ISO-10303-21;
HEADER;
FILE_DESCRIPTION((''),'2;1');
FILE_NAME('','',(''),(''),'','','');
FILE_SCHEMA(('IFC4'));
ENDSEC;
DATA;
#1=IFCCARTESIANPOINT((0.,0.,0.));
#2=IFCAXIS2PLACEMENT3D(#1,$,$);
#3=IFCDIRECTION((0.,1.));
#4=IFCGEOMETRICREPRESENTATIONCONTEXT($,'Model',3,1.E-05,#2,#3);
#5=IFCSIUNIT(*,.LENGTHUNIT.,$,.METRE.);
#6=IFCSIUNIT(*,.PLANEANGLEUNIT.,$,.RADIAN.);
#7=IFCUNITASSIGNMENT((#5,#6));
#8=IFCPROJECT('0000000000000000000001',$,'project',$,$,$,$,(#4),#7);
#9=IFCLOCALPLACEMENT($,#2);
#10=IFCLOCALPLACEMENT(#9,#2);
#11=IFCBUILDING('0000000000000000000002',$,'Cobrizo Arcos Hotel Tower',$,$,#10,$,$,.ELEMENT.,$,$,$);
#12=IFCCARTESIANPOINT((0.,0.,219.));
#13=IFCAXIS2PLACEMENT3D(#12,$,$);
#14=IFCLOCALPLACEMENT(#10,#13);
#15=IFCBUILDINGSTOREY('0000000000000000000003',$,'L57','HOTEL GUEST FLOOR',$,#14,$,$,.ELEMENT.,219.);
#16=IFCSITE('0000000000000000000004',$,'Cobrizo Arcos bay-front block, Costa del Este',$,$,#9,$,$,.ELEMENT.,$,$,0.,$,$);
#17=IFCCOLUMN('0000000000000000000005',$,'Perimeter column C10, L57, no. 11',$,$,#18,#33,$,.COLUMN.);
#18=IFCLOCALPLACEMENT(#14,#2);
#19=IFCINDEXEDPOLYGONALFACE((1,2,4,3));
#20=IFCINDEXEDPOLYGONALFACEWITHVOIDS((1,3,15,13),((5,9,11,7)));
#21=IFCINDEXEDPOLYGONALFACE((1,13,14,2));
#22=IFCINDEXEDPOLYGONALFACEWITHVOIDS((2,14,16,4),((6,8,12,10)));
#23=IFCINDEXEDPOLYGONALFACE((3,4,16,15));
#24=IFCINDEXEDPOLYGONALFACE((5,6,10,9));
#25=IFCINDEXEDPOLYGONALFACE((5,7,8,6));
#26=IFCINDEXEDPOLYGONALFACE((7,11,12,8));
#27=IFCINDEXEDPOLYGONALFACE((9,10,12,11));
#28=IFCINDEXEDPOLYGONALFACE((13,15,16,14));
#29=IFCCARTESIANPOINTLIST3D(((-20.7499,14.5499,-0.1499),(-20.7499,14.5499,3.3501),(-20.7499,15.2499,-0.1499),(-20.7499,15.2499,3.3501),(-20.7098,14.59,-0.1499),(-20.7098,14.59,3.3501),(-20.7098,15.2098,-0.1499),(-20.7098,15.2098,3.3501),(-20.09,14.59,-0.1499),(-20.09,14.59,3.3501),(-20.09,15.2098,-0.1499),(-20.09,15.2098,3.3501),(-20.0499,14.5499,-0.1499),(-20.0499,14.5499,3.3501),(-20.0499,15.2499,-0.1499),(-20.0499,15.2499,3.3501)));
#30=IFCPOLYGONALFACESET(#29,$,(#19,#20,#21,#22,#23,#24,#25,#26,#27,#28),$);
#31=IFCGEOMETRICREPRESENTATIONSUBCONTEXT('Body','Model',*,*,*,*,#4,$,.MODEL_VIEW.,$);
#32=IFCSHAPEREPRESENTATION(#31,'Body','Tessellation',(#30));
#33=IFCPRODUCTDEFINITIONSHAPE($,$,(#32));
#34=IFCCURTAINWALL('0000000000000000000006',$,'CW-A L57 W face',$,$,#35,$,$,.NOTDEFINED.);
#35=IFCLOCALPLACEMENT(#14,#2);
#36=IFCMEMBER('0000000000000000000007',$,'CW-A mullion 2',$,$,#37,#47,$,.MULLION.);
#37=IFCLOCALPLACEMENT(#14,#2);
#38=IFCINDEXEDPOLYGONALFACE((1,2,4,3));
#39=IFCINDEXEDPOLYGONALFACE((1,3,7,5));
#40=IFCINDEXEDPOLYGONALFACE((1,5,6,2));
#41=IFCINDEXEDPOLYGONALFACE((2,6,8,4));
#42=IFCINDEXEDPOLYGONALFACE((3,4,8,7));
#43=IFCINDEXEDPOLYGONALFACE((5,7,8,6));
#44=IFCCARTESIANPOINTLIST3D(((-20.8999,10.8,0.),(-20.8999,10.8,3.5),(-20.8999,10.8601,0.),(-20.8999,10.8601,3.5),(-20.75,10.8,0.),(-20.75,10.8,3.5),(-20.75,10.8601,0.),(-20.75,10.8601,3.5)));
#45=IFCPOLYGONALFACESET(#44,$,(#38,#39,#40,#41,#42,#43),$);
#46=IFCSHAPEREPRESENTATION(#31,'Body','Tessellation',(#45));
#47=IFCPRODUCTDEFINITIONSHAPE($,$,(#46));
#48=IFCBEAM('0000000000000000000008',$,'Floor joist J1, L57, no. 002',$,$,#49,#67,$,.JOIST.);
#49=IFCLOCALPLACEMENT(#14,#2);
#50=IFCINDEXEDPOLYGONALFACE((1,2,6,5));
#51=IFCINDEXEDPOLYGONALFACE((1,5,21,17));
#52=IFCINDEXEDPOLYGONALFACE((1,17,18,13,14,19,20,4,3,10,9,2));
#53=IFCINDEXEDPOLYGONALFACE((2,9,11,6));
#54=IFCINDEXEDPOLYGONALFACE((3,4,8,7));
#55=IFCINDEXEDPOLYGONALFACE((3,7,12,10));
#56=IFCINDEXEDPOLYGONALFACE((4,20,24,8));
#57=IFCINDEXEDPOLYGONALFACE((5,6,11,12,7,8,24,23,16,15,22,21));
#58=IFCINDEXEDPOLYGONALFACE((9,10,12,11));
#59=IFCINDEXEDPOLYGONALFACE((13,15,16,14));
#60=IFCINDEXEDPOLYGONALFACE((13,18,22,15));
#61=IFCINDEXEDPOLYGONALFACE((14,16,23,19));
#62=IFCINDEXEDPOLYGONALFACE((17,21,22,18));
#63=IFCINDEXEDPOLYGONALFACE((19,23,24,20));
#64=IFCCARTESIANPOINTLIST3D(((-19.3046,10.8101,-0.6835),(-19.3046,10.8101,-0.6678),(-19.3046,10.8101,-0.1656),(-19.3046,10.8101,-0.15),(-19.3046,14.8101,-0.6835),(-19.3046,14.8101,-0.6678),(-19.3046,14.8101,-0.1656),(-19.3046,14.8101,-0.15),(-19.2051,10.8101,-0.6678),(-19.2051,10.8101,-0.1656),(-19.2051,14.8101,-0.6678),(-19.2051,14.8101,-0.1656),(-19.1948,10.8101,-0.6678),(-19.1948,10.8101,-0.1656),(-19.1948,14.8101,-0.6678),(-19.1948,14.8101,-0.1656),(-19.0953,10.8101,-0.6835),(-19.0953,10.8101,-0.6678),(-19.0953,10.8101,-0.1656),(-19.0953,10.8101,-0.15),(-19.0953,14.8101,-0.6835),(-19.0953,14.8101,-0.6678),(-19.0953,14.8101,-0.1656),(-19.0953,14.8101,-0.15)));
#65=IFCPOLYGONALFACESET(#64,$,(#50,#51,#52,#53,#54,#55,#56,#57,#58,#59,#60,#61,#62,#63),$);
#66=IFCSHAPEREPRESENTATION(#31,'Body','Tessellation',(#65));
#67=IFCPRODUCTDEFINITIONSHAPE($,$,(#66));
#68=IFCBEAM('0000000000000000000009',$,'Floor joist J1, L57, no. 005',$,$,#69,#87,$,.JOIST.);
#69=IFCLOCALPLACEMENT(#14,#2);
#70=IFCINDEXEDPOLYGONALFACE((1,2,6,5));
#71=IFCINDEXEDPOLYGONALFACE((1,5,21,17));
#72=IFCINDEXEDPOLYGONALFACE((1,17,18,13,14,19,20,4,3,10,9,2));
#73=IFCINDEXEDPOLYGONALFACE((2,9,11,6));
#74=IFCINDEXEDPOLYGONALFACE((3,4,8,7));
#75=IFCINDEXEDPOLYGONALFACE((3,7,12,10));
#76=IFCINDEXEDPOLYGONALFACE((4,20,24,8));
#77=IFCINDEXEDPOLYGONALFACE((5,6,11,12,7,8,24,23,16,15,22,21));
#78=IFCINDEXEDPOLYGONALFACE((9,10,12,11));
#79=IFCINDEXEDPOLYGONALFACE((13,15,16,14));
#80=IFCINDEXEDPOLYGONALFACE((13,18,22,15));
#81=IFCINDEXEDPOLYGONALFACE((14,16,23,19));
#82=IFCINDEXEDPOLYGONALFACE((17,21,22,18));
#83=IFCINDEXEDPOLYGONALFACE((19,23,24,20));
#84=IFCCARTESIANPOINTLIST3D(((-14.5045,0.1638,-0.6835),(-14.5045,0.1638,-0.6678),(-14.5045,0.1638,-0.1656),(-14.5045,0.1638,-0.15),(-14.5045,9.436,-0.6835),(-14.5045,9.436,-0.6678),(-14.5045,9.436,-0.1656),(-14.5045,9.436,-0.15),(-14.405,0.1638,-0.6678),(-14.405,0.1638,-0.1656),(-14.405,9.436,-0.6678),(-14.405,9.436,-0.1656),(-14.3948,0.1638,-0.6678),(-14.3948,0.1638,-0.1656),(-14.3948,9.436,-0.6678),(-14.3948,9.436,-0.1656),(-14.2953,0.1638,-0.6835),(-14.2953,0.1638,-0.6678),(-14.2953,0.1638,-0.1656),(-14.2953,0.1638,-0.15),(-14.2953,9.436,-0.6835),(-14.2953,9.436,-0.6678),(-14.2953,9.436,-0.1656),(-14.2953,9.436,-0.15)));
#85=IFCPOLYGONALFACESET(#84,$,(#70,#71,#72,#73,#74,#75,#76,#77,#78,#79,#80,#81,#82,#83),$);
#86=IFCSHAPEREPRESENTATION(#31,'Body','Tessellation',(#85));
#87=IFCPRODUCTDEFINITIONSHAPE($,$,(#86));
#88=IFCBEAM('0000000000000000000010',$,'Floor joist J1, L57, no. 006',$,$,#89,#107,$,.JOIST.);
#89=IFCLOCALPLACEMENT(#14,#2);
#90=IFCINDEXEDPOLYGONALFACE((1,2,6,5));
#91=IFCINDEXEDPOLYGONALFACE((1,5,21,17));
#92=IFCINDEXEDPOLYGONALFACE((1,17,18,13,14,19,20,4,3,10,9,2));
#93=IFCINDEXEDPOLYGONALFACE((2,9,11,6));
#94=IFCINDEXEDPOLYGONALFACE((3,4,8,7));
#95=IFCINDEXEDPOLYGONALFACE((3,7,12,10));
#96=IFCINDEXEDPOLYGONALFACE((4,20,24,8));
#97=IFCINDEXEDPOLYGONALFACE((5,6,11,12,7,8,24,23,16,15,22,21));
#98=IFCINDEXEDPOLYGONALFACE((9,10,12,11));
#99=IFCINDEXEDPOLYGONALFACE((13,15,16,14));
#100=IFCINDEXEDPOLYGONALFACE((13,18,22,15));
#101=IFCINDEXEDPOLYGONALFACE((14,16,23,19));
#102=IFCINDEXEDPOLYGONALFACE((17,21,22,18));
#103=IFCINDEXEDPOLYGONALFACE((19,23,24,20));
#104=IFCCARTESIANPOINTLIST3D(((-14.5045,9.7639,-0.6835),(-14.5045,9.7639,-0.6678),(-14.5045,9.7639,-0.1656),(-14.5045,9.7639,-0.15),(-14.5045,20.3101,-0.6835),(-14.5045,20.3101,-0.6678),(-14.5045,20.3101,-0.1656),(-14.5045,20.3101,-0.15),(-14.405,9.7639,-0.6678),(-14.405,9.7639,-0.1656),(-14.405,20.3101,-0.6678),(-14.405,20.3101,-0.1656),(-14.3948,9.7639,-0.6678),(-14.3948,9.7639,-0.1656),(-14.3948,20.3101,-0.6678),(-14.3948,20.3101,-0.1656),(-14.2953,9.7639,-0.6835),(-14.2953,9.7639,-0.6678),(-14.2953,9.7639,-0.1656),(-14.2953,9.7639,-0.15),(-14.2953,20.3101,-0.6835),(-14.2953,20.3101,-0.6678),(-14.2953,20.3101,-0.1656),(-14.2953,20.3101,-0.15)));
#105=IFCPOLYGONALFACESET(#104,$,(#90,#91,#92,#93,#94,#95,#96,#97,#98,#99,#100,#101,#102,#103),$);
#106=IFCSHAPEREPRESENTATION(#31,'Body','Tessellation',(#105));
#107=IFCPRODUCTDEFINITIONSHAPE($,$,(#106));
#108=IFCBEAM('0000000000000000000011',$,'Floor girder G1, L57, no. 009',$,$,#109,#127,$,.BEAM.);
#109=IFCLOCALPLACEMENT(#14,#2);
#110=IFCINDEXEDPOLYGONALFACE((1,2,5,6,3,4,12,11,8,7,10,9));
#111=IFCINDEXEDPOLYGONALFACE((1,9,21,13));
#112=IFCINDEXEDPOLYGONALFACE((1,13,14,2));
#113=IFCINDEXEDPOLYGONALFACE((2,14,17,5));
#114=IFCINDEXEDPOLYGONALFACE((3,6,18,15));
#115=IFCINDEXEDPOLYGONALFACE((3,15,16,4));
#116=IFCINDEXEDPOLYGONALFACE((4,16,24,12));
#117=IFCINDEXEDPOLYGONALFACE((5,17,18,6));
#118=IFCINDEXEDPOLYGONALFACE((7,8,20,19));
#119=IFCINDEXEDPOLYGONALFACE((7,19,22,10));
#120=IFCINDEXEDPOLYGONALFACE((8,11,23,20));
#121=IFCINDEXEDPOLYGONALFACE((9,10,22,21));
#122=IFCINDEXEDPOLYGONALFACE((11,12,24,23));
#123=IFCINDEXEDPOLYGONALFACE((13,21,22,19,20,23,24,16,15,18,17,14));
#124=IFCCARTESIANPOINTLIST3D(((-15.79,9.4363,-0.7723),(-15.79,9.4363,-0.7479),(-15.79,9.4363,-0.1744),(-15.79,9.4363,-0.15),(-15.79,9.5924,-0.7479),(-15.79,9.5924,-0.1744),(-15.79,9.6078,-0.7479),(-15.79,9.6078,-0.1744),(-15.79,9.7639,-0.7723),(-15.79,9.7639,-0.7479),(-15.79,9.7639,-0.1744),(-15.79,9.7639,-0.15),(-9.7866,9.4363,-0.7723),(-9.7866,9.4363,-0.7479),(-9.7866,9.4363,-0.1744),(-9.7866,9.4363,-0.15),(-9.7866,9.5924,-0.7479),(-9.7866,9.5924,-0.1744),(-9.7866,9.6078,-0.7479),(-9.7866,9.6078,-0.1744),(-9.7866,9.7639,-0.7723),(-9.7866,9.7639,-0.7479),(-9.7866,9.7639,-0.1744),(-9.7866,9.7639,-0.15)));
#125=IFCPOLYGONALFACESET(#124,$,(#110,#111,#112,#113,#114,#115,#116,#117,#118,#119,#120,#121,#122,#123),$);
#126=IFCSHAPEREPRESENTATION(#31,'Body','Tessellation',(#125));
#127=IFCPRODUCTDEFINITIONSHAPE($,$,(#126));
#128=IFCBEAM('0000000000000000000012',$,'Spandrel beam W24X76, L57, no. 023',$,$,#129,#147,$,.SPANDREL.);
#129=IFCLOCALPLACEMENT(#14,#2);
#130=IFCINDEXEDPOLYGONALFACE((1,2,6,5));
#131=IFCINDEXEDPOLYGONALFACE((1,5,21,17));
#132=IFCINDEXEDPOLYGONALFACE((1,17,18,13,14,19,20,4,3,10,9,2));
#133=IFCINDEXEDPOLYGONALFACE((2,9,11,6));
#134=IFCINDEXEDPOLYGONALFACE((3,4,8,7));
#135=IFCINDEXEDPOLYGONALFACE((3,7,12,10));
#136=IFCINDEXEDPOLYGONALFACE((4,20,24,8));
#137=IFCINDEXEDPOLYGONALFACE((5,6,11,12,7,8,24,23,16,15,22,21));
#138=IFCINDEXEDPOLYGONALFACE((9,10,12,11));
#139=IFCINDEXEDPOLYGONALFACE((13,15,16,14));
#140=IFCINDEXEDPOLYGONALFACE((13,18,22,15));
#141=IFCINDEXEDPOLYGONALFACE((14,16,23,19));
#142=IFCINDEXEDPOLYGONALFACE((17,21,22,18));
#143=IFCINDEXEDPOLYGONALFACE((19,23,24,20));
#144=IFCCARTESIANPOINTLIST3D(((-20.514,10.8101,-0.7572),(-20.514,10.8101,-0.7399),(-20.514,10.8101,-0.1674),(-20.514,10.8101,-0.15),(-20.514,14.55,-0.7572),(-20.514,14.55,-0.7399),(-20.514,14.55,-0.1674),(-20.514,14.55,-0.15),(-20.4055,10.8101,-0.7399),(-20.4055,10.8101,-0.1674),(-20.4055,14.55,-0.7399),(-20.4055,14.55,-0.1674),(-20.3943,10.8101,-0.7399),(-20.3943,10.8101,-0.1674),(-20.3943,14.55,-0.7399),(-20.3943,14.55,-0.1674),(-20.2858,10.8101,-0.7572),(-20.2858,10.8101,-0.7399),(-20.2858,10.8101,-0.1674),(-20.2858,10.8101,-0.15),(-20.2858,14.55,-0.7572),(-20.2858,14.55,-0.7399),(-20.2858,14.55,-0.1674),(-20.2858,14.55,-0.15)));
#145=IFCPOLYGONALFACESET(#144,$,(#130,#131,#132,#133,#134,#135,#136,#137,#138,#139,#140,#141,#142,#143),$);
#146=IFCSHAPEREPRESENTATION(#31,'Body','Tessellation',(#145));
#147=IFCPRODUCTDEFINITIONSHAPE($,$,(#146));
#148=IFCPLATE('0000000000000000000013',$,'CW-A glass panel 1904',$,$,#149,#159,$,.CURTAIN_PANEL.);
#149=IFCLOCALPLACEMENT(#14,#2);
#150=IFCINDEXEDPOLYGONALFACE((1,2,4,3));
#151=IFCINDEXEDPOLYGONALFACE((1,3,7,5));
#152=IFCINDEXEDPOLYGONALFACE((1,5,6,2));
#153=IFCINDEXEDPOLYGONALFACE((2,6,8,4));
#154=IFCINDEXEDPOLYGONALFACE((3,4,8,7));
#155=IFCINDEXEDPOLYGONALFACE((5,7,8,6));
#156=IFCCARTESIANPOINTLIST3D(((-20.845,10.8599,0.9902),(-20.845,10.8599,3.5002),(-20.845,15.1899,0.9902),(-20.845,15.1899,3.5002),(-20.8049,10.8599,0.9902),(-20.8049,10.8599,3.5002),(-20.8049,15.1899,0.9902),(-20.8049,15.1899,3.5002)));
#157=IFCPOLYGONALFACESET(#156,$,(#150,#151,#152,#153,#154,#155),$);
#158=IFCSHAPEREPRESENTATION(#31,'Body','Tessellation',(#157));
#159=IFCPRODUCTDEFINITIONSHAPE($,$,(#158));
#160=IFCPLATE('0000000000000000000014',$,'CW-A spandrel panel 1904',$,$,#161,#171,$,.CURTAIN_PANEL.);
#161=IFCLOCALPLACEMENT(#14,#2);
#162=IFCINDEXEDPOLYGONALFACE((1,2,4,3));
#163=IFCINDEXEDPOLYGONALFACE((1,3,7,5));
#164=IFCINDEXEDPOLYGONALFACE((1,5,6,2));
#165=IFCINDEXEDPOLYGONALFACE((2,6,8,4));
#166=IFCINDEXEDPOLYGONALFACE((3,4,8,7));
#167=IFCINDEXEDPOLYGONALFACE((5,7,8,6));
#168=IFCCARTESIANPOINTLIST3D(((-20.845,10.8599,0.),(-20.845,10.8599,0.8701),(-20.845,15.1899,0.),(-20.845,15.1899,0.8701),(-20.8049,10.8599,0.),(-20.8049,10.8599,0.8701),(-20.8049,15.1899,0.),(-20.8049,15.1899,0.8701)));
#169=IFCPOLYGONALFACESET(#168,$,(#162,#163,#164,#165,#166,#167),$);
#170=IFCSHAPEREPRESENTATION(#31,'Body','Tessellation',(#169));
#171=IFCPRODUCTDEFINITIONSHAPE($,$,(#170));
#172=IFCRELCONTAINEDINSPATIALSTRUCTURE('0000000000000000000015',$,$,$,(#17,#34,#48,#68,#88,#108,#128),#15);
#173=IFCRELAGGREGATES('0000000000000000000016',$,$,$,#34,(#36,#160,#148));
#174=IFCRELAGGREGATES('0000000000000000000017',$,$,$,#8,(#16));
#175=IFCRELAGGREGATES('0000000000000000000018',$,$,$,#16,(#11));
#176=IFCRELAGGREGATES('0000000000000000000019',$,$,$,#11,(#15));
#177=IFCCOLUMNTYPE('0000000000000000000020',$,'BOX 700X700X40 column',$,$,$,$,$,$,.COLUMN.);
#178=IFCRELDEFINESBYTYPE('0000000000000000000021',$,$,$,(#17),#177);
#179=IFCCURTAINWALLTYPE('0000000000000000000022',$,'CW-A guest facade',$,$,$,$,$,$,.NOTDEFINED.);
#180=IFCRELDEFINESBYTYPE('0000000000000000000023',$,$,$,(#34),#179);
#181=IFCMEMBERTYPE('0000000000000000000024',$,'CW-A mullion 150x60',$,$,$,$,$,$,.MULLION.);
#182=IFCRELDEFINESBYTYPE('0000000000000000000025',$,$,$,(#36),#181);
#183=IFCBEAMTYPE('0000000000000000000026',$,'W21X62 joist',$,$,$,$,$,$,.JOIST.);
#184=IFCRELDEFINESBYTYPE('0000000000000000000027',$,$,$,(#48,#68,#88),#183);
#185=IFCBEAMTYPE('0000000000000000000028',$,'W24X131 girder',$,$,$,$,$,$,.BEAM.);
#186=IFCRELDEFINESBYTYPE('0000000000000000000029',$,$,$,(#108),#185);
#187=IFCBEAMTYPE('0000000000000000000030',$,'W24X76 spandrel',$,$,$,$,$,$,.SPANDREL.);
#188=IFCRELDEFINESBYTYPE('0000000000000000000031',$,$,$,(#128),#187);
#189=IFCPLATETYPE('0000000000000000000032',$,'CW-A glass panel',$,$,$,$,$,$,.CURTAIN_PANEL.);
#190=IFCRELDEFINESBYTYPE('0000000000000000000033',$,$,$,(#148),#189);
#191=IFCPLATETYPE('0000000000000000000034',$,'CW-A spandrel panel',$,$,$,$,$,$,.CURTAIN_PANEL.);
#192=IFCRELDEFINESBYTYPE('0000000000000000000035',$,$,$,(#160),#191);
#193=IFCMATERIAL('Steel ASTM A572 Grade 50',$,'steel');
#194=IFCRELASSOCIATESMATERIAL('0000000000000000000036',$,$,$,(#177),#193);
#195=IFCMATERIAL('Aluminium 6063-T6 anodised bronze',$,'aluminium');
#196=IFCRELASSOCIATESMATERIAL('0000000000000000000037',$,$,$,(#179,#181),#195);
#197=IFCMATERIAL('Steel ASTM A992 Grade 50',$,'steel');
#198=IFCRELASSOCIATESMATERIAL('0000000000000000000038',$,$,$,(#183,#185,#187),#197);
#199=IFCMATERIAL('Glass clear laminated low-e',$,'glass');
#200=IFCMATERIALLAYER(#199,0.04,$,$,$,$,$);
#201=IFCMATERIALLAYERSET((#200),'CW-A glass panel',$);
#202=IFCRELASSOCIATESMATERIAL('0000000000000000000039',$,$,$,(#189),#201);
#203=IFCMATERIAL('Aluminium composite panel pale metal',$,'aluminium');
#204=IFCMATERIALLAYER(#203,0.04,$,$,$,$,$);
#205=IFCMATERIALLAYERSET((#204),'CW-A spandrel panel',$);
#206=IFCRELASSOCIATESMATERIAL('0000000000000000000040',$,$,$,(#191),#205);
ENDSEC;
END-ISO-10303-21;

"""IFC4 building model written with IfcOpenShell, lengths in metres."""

from ifc_helpers import new_model, si_unit, direction, frame, origin, origin_2d, place, context, subcontext, project, spatial, rectangle, hollow_rectangle, i_section, extrude, material, layer, layer_set, material_profile, profile_set, type_object, element, aggregate, save


model = new_model("IFC4")

# Units and contexts
model_context = context("Model", 3, precision=1e-05, world=origin(), true_north=direction((0.0, 1.0)))
body_context = subcontext(model_context, "Body", "Model", "MODEL_VIEW")
ifc_project = project(units=[si_unit("LENGTHUNIT", "METRE"), si_unit("PLANEANGLEUNIT", "RADIAN")], contexts=[model_context])

# Site, building, storey
site_placement = place(None, origin())
site = spatial("IfcSite", under=ifc_project, at=site_placement, Name="Cobrizo Arcos bay-front block, Costa del Este", CompositionType="ELEMENT", RefElevation=0.0)
building_placement = place(site_placement, origin())
building = spatial("IfcBuilding", under=site, at=building_placement, Name="Cobrizo Arcos Hotel Tower", CompositionType="ELEMENT")
storey_placement = place(building_placement, frame((0.0, 0.0, 219.0)))
storey = spatial("IfcBuildingStorey", under=building, at=storey_placement, Name="L57", Description="HOTEL GUEST FLOOR", CompositionType="ELEMENT", Elevation=219.0)

# Column
ifc_material_1 = material(Name="Steel ASTM A572 Grade 50", Category="steel")
ifc_material_profile_1 = material_profile(ifc_material_1, hollow_rectangle(XDim=0.7, YDim=0.7, WallThickness=0.04, at=origin_2d()), Name="BOX 700X700X40")
ifc_profile_set_1 = profile_set([ifc_material_profile_1], Name="Steel ASTM A572 Grade 50")
column_type = type_object("IfcColumnType", Name="BOX 700X700X40 column", PredefinedType="COLUMN", material=ifc_profile_set_1)
column_placement = place(storey_placement, frame((-20.3999, 14.8999, -0.1499), z_axis=(0.0, 0.0, 1.0), x_axis=(1.0, 0.0, 0.0)))
element("IfcColumn", 1, at=column_placement, inside=storey, type_object=column_type, Name="Perimeter column C10, L57, no. 11", PredefinedType="COLUMN", context=body_context, shape_type="SweptSolid", body=[
    extrude(hollow_rectangle(XDim=0.7, YDim=0.7, WallThickness=0.04, at=origin_2d()), origin(), (0.0, 0.0, 1.0), 3.5),
])

# Curtain wall, member
ifc_material_2 = material(Name="Aluminium 6063-T6 anodised bronze", Category="aluminium")
curtain_wall_type = type_object("IfcCurtainWallType", Name="CW-A guest facade", PredefinedType="NOTDEFINED", material=ifc_material_2)
curtain_wall_placement = place(storey_placement, origin())
curtain_wall = element("IfcCurtainWall", 2, at=curtain_wall_placement, inside=storey, type_object=curtain_wall_type, Name="CW-A L57 W face", PredefinedType="NOTDEFINED")
ifc_material_profile_2 = material_profile(ifc_material_2, rectangle(XDim=0.1499, YDim=0.0601, at=origin_2d()), Name="CW-A mullion 150x60")
ifc_profile_set_2 = profile_set([ifc_material_profile_2], Name="Aluminium 6063-T6 anodised bronze")
member_type = type_object("IfcMemberType", Name="CW-A mullion 150x60", PredefinedType="MULLION", material=ifc_profile_set_2)
member_placement = place(storey_placement, frame((-20.825, 10.8301, 0.0), z_axis=(0.0, 0.0, 1.0), x_axis=(-1.0, 0.0, 0.0)))
member = element("IfcMember", 3, at=member_placement, type_object=member_type, Name="CW-A mullion 2", PredefinedType="MULLION", context=body_context, shape_type="SweptSolid", body=[
    extrude(rectangle(XDim=0.1499, YDim=0.0601, at=origin_2d()), origin(), (0.0, 0.0, 1.0), 3.5),
])

# Beams
ifc_material_3 = material(Name="Steel ASTM A992 Grade 50", Category="steel")
ifc_material_profile_3 = material_profile(ifc_material_3, i_section(OverallWidth=0.2092, OverallDepth=0.5334, WebThickness=0.0103, FlangeThickness=0.0156, at=origin_2d()), Name="W21X62")
ifc_profile_set_3 = profile_set([ifc_material_profile_3], Name="Steel ASTM A992 Grade 50")
beam_type_1 = type_object("IfcBeamType", Name="W21X62 joist", PredefinedType="JOIST", material=ifc_profile_set_3)
beam_1_placement = place(storey_placement, frame((-19.2, 10.8101, -0.4167), z_axis=(0.0, 1.0, 0.0), x_axis=(-1.0, 0.0, 0.0)))
element("IfcBeam", 4, at=beam_1_placement, inside=storey, type_object=beam_type_1, Name="Floor joist J1, L57, no. 002", PredefinedType="JOIST", context=body_context, shape_type="SweptSolid", body=[
    extrude(i_section(OverallWidth=0.2092, OverallDepth=0.5334, WebThickness=0.0103, FlangeThickness=0.0156, at=origin_2d()), origin(), (0.0, 0.0, 1.0), 4.0),
])
beam_2_placement = place(storey_placement, frame((-14.3999, 0.1638, -0.4167), z_axis=(0.0, 1.0, 0.0), x_axis=(-1.0, 0.0, 0.0)))
element("IfcBeam", 5, at=beam_2_placement, inside=storey, type_object=beam_type_1, Name="Floor joist J1, L57, no. 005", PredefinedType="JOIST", context=body_context, shape_type="SweptSolid", body=[
    extrude(i_section(OverallWidth=0.2092, OverallDepth=0.5334, WebThickness=0.0103, FlangeThickness=0.0156, at=origin_2d()), origin(), (0.0, 0.0, 1.0), 9.2722),
])
beam_3_placement = place(storey_placement, frame((-14.3999, 9.7639, -0.4167), z_axis=(0.0, 1.0, 0.0), x_axis=(-1.0, 0.0, 0.0)))
element("IfcBeam", 6, at=beam_3_placement, inside=storey, type_object=beam_type_1, Name="Floor joist J1, L57, no. 006", PredefinedType="JOIST", context=body_context, shape_type="SweptSolid", body=[
    extrude(i_section(OverallWidth=0.2092, OverallDepth=0.5334, WebThickness=0.0103, FlangeThickness=0.0156, at=origin_2d()), origin(), (0.0, 0.0, 1.0), 10.5461),
])
ifc_material_profile_4 = material_profile(ifc_material_3, i_section(OverallWidth=0.3276, OverallDepth=0.6223, WebThickness=0.0154, FlangeThickness=0.0244, at=origin_2d()), Name="W24X131")
ifc_profile_set_4 = profile_set([ifc_material_profile_4], Name="Steel ASTM A992 Grade 50")
beam_type_2 = type_object("IfcBeamType", Name="W24X131 girder", PredefinedType="BEAM", material=ifc_profile_set_4)
beam_4_placement = place(storey_placement, frame((-15.79, 9.6001, -0.4612), z_axis=(1.0, 0.0, 0.0), x_axis=(0.0, 1.0, 0.0)))
element("IfcBeam", 7, at=beam_4_placement, inside=storey, type_object=beam_type_2, Name="Floor girder G1, L57, no. 009", PredefinedType="BEAM", context=body_context, shape_type="SweptSolid", body=[
    extrude(i_section(OverallWidth=0.3276, OverallDepth=0.6223, WebThickness=0.0154, FlangeThickness=0.0244, at=origin_2d()), origin(), (0.0, 0.0, 1.0), 6.0034),
])
ifc_material_profile_5 = material_profile(ifc_material_3, i_section(OverallWidth=0.2283, OverallDepth=0.6072, WebThickness=0.0112, FlangeThickness=0.0173, at=origin_2d()), Name="W24X76")
ifc_profile_set_5 = profile_set([ifc_material_profile_5], Name="Steel ASTM A992 Grade 50")
beam_type_3 = type_object("IfcBeamType", Name="W24X76 spandrel", PredefinedType="SPANDREL", material=ifc_profile_set_5)
beam_5_placement = place(storey_placement, frame((-20.3999, 14.55, -0.4536), z_axis=(0.0, -1.0, 0.0), x_axis=(1.0, 0.0, 0.0)))
element("IfcBeam", 8, at=beam_5_placement, inside=storey, type_object=beam_type_3, Name="Spandrel beam W24X76, L57, no. 023", PredefinedType="SPANDREL", context=body_context, shape_type="SweptSolid", body=[
    extrude(i_section(OverallWidth=0.2283, OverallDepth=0.6072, WebThickness=0.0112, FlangeThickness=0.0173, at=origin_2d()), origin(), (0.0, 0.0, 1.0), 3.74),
])

# Plates
ifc_material_4 = material(Name="Glass clear laminated low-e", Category="glass")
ifc_layer_1 = layer(ifc_material_4, 0.04)
ifc_layer_set_1 = layer_set([ifc_layer_1], Name="CW-A glass panel")
plate_type_1 = type_object("IfcPlateType", Name="CW-A glass panel", PredefinedType="CURTAIN_PANEL", material=ifc_layer_set_1)
plate_1_placement = place(storey_placement, frame((-20.825, 13.0249, 0.9902), z_axis=(0.0, 0.0, 1.0), x_axis=(0.0, -1.0, 0.0)))
plate_1 = element("IfcPlate", 9, at=plate_1_placement, type_object=plate_type_1, Name="CW-A glass panel 1904", PredefinedType="CURTAIN_PANEL", context=body_context, shape_type="SweptSolid", body=[
    extrude(rectangle(XDim=4.3301, YDim=0.04, at=origin_2d()), origin(), (0.0, 0.0, 1.0), 2.51),
])
ifc_material_5 = material(Name="Aluminium composite panel pale metal", Category="aluminium")
ifc_layer_2 = layer(ifc_material_5, 0.04)
ifc_layer_set_2 = layer_set([ifc_layer_2], Name="CW-A spandrel panel")
plate_type_2 = type_object("IfcPlateType", Name="CW-A spandrel panel", PredefinedType="CURTAIN_PANEL", material=ifc_layer_set_2)
plate_2_placement = place(storey_placement, frame((-20.825, 13.0249, 0.0), z_axis=(0.0, 0.0, 1.0), x_axis=(0.0, -1.0, 0.0)))
plate_2 = element("IfcPlate", 10, at=plate_2_placement, type_object=plate_type_2, Name="CW-A spandrel panel 1904", PredefinedType="CURTAIN_PANEL", context=body_context, shape_type="SweptSolid", body=[
    extrude(rectangle(XDim=4.3301, YDim=0.04, at=origin_2d()), origin(), (0.0, 0.0, 1.0), 0.8701),
])
aggregate(curtain_wall, [member, plate_2, plate_1])

save(model, "model.ifc")
